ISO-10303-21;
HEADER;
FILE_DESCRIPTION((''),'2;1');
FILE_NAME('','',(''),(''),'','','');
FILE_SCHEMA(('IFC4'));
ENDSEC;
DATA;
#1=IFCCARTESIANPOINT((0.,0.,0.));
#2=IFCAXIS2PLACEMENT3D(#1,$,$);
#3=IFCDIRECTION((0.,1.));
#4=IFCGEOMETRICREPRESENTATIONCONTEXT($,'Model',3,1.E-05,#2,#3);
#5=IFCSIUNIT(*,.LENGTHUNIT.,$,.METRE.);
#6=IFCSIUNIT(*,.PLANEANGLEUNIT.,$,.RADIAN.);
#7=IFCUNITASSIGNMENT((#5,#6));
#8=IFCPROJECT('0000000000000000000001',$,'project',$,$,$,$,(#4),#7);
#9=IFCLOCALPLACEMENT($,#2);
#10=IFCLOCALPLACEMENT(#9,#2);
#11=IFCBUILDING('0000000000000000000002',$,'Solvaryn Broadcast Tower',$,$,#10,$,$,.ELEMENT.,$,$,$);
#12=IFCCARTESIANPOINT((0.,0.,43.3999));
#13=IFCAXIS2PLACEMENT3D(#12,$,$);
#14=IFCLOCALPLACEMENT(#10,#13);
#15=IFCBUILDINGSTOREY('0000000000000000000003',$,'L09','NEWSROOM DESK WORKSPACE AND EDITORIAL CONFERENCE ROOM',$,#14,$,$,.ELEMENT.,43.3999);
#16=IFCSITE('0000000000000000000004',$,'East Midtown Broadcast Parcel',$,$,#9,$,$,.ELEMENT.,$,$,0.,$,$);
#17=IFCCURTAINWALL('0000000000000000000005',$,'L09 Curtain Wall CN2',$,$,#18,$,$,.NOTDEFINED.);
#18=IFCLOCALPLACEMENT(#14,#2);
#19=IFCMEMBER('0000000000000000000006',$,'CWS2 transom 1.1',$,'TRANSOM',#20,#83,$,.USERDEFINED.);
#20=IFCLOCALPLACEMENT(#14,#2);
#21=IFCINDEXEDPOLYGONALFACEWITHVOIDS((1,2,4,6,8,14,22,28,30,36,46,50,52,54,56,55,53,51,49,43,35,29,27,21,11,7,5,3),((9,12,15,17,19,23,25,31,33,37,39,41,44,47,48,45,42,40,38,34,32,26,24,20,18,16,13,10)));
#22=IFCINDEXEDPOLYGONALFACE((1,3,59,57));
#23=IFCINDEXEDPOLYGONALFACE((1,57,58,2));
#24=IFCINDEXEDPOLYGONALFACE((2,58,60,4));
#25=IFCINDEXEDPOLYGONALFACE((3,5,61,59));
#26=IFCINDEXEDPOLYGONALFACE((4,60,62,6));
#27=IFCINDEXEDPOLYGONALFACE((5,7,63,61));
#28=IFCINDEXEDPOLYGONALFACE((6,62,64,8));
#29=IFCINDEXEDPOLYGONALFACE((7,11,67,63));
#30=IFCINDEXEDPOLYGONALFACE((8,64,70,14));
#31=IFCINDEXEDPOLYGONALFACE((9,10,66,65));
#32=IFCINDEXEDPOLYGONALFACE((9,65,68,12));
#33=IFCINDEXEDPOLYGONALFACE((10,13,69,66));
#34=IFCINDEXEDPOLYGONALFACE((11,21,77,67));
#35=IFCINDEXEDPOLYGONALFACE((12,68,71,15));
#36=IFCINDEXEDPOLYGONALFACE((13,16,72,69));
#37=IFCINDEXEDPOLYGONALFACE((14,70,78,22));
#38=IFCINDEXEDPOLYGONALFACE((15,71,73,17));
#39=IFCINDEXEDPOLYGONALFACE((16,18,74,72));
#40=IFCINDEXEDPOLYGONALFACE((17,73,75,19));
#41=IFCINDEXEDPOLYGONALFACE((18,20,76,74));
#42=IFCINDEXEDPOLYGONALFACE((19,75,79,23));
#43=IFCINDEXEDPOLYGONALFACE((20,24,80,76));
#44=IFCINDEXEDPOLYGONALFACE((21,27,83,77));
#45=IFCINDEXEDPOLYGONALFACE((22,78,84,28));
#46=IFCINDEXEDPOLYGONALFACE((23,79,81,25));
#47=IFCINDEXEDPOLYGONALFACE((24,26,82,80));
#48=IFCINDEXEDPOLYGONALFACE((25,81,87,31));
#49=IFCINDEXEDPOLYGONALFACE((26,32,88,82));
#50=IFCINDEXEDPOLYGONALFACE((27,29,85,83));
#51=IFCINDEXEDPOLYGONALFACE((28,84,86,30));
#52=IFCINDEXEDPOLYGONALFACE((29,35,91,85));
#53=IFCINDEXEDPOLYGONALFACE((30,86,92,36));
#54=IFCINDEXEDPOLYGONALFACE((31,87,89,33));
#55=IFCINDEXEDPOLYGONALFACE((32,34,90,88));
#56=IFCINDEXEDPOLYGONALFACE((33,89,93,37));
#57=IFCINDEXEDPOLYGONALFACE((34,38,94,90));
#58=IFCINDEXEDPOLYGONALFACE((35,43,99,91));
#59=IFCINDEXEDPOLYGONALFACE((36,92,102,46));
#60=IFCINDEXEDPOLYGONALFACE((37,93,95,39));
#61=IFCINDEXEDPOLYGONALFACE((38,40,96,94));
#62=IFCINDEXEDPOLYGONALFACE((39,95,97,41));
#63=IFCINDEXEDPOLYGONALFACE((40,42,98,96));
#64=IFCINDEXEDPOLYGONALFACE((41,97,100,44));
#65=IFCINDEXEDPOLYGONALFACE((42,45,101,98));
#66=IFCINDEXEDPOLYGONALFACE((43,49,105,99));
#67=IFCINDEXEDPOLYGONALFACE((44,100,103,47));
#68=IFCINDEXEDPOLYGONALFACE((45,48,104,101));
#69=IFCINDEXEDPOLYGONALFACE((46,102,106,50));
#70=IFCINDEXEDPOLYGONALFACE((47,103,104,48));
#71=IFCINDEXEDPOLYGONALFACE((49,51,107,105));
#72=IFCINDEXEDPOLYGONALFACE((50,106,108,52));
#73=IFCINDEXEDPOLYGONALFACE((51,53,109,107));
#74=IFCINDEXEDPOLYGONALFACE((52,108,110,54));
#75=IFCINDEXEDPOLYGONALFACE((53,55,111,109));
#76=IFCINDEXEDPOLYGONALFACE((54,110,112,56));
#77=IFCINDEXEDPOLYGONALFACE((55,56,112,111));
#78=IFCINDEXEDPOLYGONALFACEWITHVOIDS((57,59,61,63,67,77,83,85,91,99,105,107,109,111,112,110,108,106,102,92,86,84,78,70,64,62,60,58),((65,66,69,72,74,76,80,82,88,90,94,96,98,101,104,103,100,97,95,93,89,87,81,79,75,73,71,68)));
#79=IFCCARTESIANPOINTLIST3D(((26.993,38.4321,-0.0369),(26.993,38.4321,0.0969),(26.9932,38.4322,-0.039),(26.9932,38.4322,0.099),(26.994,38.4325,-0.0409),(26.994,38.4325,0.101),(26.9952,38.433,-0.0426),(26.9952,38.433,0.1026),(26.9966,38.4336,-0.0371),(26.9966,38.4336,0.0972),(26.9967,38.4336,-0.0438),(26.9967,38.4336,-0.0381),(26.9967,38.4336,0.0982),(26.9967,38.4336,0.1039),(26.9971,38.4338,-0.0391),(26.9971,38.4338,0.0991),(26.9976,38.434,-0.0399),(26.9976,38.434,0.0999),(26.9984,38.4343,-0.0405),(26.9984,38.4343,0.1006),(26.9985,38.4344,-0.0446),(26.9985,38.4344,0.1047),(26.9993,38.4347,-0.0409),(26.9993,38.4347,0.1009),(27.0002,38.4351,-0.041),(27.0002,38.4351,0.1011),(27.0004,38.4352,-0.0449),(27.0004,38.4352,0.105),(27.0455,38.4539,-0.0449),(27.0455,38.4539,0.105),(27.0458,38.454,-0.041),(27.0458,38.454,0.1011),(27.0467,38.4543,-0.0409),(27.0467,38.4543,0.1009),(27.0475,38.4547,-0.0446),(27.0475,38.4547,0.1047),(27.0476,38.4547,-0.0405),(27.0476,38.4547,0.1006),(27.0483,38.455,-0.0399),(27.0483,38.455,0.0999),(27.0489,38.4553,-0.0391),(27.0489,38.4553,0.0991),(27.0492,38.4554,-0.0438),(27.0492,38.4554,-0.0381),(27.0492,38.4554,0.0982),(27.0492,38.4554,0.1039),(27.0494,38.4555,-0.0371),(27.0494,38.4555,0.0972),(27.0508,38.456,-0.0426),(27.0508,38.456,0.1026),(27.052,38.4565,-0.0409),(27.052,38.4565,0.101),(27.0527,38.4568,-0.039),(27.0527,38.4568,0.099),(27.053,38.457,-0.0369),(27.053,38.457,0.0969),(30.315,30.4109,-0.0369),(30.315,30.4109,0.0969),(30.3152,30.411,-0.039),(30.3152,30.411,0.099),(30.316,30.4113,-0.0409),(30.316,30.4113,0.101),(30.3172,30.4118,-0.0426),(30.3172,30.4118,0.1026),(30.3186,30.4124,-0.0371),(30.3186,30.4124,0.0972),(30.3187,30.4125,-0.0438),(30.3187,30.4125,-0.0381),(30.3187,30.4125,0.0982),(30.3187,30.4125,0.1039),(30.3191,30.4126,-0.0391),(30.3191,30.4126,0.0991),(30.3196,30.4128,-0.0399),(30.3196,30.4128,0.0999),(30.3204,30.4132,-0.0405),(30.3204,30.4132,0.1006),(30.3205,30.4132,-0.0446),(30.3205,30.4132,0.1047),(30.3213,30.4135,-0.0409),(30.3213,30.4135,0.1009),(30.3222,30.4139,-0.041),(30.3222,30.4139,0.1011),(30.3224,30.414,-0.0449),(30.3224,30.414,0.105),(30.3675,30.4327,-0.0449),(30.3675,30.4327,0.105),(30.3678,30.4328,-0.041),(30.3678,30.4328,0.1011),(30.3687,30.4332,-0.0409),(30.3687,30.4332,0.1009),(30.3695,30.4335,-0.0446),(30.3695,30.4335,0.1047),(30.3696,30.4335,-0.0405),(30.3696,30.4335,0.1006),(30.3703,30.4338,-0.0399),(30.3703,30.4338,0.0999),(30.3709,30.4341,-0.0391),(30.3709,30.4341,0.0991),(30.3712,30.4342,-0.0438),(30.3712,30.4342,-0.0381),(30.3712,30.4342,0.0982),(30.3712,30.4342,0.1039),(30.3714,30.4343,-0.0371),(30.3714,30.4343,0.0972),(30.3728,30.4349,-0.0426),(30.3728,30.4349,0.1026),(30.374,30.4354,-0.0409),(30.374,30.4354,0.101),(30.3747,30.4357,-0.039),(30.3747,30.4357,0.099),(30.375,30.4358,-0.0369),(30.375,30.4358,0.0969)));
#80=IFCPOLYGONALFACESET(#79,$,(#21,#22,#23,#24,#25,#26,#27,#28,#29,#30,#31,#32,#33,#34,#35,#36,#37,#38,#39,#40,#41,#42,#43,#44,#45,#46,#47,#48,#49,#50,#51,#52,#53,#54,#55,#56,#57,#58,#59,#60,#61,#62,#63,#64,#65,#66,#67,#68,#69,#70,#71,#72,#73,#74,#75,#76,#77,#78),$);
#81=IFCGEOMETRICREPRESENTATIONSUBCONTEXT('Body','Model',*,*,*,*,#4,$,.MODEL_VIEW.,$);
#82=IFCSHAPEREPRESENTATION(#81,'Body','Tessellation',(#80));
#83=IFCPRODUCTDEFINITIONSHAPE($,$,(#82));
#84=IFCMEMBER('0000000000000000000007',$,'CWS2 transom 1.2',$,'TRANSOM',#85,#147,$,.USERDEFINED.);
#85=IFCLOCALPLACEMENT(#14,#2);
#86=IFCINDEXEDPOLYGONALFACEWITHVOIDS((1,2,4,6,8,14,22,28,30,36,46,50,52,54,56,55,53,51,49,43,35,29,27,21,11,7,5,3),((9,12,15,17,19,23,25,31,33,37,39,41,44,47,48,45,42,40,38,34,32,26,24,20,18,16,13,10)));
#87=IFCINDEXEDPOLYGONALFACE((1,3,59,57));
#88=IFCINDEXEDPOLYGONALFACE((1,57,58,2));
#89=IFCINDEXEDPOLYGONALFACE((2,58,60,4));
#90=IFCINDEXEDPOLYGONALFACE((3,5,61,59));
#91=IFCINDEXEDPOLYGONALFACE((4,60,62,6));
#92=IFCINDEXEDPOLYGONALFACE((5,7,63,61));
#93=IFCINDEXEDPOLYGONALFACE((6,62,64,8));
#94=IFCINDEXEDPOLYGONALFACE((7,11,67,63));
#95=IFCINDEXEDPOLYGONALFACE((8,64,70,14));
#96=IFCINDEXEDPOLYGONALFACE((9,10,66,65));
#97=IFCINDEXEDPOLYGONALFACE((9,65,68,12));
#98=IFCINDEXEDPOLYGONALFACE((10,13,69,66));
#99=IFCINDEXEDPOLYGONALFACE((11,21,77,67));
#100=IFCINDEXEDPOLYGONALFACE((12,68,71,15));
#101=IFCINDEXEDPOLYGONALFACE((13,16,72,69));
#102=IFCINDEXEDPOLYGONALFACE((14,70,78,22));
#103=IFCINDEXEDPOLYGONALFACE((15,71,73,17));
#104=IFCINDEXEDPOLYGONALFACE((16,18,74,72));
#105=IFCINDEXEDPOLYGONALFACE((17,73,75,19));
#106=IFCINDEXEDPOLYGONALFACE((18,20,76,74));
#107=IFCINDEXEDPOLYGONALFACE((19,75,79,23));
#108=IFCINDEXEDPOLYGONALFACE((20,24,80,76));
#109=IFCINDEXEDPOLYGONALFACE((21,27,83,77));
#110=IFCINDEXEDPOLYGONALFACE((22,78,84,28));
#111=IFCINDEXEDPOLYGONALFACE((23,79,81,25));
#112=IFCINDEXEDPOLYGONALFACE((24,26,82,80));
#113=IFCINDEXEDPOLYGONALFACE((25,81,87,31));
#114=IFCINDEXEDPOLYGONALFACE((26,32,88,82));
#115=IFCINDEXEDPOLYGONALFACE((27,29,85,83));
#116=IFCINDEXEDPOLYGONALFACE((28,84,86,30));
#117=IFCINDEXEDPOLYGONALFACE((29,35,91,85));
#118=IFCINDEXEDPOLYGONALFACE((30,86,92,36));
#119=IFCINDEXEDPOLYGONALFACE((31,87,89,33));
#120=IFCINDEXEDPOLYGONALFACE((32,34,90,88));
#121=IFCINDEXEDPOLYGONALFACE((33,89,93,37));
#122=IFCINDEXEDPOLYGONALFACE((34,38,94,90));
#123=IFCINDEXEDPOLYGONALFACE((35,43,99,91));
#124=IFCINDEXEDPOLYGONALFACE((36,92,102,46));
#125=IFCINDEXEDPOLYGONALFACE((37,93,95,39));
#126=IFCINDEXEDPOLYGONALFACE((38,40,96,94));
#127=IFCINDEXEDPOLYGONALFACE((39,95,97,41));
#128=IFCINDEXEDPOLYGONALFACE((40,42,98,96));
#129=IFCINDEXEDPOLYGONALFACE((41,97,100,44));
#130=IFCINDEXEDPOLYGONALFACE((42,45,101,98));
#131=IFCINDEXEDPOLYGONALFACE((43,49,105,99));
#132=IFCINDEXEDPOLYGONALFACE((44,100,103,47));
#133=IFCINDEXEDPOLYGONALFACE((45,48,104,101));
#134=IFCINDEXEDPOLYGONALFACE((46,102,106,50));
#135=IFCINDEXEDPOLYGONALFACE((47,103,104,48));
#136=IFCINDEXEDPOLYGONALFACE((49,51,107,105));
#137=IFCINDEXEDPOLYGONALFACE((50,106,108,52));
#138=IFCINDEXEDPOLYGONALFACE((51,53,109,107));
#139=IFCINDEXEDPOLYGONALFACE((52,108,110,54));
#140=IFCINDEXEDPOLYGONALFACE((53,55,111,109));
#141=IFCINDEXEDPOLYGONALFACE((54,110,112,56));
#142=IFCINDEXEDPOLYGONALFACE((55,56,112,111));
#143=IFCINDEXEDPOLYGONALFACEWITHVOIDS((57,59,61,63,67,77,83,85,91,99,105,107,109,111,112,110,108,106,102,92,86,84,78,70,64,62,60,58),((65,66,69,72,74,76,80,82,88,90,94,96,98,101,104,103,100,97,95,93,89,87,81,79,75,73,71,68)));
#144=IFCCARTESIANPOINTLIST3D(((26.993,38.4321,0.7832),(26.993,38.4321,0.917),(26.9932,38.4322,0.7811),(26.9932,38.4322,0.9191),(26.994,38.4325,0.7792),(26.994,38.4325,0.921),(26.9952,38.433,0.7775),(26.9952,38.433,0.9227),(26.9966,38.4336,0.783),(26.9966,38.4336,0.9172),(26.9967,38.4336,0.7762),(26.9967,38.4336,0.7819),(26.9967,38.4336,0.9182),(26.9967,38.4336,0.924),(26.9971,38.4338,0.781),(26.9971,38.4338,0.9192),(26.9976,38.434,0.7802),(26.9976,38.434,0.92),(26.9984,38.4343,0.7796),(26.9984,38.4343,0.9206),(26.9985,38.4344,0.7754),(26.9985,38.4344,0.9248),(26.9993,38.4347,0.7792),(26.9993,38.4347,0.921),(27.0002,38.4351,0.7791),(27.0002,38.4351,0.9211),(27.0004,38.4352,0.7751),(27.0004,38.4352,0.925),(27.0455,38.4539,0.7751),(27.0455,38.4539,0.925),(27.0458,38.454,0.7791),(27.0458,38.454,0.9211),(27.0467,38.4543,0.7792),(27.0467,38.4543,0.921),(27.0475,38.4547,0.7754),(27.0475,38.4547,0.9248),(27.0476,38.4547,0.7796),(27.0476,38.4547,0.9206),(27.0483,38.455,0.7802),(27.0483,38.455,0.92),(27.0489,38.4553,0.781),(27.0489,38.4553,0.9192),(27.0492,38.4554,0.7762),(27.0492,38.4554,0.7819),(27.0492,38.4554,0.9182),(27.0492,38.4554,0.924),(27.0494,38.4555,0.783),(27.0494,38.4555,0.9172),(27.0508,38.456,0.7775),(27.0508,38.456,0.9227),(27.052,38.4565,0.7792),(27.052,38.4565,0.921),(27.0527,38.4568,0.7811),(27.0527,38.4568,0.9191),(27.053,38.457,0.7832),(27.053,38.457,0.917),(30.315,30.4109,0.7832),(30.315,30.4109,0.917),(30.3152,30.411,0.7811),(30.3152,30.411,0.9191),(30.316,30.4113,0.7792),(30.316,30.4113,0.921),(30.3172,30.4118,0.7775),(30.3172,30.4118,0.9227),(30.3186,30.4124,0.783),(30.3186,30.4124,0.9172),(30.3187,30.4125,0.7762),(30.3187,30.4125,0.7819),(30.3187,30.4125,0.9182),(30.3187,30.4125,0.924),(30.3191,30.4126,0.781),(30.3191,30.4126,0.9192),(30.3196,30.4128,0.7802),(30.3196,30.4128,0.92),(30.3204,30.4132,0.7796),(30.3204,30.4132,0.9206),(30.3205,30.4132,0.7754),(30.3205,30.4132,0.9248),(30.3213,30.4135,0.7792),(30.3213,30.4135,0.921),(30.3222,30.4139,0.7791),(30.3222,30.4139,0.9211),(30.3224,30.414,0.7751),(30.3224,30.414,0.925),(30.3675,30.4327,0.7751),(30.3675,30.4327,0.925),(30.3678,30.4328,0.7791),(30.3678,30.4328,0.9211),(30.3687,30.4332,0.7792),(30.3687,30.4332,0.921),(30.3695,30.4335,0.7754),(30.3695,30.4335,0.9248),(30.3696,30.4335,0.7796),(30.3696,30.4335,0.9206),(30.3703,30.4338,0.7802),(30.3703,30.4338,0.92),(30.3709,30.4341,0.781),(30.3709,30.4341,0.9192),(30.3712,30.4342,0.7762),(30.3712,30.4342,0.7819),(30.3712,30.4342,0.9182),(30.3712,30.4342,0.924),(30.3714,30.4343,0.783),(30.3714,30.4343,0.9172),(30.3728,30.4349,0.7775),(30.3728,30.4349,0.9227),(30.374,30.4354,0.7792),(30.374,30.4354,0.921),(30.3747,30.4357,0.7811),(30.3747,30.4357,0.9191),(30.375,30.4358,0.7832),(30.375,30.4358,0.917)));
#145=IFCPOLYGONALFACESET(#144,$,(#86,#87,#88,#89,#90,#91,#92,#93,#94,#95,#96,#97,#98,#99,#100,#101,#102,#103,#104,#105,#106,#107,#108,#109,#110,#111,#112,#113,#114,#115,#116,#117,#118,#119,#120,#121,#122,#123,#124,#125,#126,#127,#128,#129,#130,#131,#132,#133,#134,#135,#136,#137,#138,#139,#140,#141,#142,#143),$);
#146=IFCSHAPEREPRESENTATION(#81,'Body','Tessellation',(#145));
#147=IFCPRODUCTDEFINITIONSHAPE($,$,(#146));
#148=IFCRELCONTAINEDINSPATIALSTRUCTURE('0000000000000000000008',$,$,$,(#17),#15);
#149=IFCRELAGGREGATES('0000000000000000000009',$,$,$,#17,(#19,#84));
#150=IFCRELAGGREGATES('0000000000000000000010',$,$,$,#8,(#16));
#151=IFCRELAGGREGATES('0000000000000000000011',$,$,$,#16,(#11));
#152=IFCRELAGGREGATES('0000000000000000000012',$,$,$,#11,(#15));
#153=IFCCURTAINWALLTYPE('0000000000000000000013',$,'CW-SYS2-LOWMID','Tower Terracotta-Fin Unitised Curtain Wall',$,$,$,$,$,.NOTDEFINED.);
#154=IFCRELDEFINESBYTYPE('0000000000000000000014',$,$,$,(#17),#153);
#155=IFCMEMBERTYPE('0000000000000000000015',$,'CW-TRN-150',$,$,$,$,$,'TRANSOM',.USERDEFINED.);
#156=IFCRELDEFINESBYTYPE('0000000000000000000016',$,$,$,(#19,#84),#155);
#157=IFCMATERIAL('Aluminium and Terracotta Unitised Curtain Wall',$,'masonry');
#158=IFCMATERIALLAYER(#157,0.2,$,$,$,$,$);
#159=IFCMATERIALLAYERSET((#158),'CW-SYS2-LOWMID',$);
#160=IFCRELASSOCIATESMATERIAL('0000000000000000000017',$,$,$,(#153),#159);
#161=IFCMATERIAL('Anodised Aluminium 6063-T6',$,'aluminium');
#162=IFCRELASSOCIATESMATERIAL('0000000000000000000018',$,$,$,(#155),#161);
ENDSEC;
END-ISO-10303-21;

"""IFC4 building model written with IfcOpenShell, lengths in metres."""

from ifc_helpers import new_model, si_unit, direction, frame, origin, origin_2d, place, context, subcontext, project, spatial, hollow_rectangle, extrude, material, layer, layer_set, material_profile, profile_set, type_object, element, aggregate, save


model = new_model("IFC4")

# Units and contexts
model_context = context("Model", 3, precision=1e-05, world=origin(), true_north=direction((0.0, 1.0)))
body_context = subcontext(model_context, "Body", "Model", "MODEL_VIEW")
ifc_project = project(units=[si_unit("LENGTHUNIT", "METRE"), si_unit("PLANEANGLEUNIT", "RADIAN")], contexts=[model_context])

# Site, building, storey
site_placement = place(None, origin())
site = spatial("IfcSite", under=ifc_project, at=site_placement, Name="East Midtown Broadcast Parcel", CompositionType="ELEMENT", RefElevation=0.0)
building_placement = place(site_placement, origin())
building = spatial("IfcBuilding", under=site, at=building_placement, Name="Solvaryn Broadcast Tower", CompositionType="ELEMENT")
storey_placement = place(building_placement, frame((0.0, 0.0, 43.3999)))
storey = spatial("IfcBuildingStorey", under=building, at=storey_placement, Name="L09", Description="NEWSROOM DESK WORKSPACE AND EDITORIAL CONFERENCE ROOM", CompositionType="ELEMENT", Elevation=43.3999)

# Shared definitions
ifc_material_1 = material(Name="Aluminium and Terracotta Unitised Curtain Wall", Category="masonry")
ifc_layer_1 = layer(ifc_material_1, 0.2)
ifc_layer_set_1 = layer_set([ifc_layer_1], Name="CW-SYS2-LOWMID")
curtain_wall_type = type_object("IfcCurtainWallType", Name="CW-SYS2-LOWMID", Description="Tower Terracotta-Fin Unitised Curtain Wall", PredefinedType="NOTDEFINED", material=ifc_layer_set_1)

# Curtain wall, members
curtain_wall_1_placement = place(storey_placement, origin())
curtain_wall_1 = element("IfcCurtainWall", 1, at=curtain_wall_1_placement, inside=storey, type_object=curtain_wall_type, Name="L09 Curtain Wall CN2", PredefinedType="NOTDEFINED")
ifc_material_2 = material(Name="Anodised Aluminium 6063-T6", Category="aluminium")
ifc_material_profile_1 = material_profile(ifc_material_2, hollow_rectangle(XDim=0.0649, YDim=0.1499, WallThickness=0.0039, InnerFilletRadius=0.0039, OuterFilletRadius=0.0081, at=origin_2d()))
ifc_profile_set_1 = profile_set([ifc_material_profile_1], Name="Anodised Aluminium 6063-T6")
member_type_1 = type_object("IfcMemberType", Name="CW-TRN-150", ElementType="TRANSOM", PredefinedType="USERDEFINED", material=ifc_profile_set_1)
member_1_placement = place(storey_placement, frame((30.345, 30.4233, 0.03), z_axis=(-0.382636, 0.923899, 0.0), x_axis=(-0.923899, -0.382636, 0.0)))
member_1 = element("IfcMember", 2, at=member_1_placement, type_object=member_type_1, Name="CWS2 transom 1.1", ObjectType="TRANSOM", PredefinedType="USERDEFINED", context=body_context, shape_type="SweptSolid", body=[
    extrude(hollow_rectangle(XDim=0.0649, YDim=0.1499, WallThickness=0.0039, InnerFilletRadius=0.0039, OuterFilletRadius=0.0081, at=origin_2d()), origin(), (0.0, 0.0, 1.0), 8.6819),
])
member_2_placement = place(storey_placement, frame((30.345, 30.4233, 0.8501), z_axis=(-0.382636, 0.923899, 0.0), x_axis=(-0.923899, -0.382636, 0.0)))
member_2 = element("IfcMember", 3, at=member_2_placement, type_object=member_type_1, Name="CWS2 transom 1.2", ObjectType="TRANSOM", PredefinedType="USERDEFINED", context=body_context, shape_type="SweptSolid", body=[
    extrude(hollow_rectangle(XDim=0.0649, YDim=0.1499, WallThickness=0.0039, InnerFilletRadius=0.0039, OuterFilletRadius=0.0081, at=origin_2d()), origin(), (0.0, 0.0, 1.0), 8.6819),
])
aggregate(curtain_wall_1, [member_1, member_2])

save(model, "model.ifc")
